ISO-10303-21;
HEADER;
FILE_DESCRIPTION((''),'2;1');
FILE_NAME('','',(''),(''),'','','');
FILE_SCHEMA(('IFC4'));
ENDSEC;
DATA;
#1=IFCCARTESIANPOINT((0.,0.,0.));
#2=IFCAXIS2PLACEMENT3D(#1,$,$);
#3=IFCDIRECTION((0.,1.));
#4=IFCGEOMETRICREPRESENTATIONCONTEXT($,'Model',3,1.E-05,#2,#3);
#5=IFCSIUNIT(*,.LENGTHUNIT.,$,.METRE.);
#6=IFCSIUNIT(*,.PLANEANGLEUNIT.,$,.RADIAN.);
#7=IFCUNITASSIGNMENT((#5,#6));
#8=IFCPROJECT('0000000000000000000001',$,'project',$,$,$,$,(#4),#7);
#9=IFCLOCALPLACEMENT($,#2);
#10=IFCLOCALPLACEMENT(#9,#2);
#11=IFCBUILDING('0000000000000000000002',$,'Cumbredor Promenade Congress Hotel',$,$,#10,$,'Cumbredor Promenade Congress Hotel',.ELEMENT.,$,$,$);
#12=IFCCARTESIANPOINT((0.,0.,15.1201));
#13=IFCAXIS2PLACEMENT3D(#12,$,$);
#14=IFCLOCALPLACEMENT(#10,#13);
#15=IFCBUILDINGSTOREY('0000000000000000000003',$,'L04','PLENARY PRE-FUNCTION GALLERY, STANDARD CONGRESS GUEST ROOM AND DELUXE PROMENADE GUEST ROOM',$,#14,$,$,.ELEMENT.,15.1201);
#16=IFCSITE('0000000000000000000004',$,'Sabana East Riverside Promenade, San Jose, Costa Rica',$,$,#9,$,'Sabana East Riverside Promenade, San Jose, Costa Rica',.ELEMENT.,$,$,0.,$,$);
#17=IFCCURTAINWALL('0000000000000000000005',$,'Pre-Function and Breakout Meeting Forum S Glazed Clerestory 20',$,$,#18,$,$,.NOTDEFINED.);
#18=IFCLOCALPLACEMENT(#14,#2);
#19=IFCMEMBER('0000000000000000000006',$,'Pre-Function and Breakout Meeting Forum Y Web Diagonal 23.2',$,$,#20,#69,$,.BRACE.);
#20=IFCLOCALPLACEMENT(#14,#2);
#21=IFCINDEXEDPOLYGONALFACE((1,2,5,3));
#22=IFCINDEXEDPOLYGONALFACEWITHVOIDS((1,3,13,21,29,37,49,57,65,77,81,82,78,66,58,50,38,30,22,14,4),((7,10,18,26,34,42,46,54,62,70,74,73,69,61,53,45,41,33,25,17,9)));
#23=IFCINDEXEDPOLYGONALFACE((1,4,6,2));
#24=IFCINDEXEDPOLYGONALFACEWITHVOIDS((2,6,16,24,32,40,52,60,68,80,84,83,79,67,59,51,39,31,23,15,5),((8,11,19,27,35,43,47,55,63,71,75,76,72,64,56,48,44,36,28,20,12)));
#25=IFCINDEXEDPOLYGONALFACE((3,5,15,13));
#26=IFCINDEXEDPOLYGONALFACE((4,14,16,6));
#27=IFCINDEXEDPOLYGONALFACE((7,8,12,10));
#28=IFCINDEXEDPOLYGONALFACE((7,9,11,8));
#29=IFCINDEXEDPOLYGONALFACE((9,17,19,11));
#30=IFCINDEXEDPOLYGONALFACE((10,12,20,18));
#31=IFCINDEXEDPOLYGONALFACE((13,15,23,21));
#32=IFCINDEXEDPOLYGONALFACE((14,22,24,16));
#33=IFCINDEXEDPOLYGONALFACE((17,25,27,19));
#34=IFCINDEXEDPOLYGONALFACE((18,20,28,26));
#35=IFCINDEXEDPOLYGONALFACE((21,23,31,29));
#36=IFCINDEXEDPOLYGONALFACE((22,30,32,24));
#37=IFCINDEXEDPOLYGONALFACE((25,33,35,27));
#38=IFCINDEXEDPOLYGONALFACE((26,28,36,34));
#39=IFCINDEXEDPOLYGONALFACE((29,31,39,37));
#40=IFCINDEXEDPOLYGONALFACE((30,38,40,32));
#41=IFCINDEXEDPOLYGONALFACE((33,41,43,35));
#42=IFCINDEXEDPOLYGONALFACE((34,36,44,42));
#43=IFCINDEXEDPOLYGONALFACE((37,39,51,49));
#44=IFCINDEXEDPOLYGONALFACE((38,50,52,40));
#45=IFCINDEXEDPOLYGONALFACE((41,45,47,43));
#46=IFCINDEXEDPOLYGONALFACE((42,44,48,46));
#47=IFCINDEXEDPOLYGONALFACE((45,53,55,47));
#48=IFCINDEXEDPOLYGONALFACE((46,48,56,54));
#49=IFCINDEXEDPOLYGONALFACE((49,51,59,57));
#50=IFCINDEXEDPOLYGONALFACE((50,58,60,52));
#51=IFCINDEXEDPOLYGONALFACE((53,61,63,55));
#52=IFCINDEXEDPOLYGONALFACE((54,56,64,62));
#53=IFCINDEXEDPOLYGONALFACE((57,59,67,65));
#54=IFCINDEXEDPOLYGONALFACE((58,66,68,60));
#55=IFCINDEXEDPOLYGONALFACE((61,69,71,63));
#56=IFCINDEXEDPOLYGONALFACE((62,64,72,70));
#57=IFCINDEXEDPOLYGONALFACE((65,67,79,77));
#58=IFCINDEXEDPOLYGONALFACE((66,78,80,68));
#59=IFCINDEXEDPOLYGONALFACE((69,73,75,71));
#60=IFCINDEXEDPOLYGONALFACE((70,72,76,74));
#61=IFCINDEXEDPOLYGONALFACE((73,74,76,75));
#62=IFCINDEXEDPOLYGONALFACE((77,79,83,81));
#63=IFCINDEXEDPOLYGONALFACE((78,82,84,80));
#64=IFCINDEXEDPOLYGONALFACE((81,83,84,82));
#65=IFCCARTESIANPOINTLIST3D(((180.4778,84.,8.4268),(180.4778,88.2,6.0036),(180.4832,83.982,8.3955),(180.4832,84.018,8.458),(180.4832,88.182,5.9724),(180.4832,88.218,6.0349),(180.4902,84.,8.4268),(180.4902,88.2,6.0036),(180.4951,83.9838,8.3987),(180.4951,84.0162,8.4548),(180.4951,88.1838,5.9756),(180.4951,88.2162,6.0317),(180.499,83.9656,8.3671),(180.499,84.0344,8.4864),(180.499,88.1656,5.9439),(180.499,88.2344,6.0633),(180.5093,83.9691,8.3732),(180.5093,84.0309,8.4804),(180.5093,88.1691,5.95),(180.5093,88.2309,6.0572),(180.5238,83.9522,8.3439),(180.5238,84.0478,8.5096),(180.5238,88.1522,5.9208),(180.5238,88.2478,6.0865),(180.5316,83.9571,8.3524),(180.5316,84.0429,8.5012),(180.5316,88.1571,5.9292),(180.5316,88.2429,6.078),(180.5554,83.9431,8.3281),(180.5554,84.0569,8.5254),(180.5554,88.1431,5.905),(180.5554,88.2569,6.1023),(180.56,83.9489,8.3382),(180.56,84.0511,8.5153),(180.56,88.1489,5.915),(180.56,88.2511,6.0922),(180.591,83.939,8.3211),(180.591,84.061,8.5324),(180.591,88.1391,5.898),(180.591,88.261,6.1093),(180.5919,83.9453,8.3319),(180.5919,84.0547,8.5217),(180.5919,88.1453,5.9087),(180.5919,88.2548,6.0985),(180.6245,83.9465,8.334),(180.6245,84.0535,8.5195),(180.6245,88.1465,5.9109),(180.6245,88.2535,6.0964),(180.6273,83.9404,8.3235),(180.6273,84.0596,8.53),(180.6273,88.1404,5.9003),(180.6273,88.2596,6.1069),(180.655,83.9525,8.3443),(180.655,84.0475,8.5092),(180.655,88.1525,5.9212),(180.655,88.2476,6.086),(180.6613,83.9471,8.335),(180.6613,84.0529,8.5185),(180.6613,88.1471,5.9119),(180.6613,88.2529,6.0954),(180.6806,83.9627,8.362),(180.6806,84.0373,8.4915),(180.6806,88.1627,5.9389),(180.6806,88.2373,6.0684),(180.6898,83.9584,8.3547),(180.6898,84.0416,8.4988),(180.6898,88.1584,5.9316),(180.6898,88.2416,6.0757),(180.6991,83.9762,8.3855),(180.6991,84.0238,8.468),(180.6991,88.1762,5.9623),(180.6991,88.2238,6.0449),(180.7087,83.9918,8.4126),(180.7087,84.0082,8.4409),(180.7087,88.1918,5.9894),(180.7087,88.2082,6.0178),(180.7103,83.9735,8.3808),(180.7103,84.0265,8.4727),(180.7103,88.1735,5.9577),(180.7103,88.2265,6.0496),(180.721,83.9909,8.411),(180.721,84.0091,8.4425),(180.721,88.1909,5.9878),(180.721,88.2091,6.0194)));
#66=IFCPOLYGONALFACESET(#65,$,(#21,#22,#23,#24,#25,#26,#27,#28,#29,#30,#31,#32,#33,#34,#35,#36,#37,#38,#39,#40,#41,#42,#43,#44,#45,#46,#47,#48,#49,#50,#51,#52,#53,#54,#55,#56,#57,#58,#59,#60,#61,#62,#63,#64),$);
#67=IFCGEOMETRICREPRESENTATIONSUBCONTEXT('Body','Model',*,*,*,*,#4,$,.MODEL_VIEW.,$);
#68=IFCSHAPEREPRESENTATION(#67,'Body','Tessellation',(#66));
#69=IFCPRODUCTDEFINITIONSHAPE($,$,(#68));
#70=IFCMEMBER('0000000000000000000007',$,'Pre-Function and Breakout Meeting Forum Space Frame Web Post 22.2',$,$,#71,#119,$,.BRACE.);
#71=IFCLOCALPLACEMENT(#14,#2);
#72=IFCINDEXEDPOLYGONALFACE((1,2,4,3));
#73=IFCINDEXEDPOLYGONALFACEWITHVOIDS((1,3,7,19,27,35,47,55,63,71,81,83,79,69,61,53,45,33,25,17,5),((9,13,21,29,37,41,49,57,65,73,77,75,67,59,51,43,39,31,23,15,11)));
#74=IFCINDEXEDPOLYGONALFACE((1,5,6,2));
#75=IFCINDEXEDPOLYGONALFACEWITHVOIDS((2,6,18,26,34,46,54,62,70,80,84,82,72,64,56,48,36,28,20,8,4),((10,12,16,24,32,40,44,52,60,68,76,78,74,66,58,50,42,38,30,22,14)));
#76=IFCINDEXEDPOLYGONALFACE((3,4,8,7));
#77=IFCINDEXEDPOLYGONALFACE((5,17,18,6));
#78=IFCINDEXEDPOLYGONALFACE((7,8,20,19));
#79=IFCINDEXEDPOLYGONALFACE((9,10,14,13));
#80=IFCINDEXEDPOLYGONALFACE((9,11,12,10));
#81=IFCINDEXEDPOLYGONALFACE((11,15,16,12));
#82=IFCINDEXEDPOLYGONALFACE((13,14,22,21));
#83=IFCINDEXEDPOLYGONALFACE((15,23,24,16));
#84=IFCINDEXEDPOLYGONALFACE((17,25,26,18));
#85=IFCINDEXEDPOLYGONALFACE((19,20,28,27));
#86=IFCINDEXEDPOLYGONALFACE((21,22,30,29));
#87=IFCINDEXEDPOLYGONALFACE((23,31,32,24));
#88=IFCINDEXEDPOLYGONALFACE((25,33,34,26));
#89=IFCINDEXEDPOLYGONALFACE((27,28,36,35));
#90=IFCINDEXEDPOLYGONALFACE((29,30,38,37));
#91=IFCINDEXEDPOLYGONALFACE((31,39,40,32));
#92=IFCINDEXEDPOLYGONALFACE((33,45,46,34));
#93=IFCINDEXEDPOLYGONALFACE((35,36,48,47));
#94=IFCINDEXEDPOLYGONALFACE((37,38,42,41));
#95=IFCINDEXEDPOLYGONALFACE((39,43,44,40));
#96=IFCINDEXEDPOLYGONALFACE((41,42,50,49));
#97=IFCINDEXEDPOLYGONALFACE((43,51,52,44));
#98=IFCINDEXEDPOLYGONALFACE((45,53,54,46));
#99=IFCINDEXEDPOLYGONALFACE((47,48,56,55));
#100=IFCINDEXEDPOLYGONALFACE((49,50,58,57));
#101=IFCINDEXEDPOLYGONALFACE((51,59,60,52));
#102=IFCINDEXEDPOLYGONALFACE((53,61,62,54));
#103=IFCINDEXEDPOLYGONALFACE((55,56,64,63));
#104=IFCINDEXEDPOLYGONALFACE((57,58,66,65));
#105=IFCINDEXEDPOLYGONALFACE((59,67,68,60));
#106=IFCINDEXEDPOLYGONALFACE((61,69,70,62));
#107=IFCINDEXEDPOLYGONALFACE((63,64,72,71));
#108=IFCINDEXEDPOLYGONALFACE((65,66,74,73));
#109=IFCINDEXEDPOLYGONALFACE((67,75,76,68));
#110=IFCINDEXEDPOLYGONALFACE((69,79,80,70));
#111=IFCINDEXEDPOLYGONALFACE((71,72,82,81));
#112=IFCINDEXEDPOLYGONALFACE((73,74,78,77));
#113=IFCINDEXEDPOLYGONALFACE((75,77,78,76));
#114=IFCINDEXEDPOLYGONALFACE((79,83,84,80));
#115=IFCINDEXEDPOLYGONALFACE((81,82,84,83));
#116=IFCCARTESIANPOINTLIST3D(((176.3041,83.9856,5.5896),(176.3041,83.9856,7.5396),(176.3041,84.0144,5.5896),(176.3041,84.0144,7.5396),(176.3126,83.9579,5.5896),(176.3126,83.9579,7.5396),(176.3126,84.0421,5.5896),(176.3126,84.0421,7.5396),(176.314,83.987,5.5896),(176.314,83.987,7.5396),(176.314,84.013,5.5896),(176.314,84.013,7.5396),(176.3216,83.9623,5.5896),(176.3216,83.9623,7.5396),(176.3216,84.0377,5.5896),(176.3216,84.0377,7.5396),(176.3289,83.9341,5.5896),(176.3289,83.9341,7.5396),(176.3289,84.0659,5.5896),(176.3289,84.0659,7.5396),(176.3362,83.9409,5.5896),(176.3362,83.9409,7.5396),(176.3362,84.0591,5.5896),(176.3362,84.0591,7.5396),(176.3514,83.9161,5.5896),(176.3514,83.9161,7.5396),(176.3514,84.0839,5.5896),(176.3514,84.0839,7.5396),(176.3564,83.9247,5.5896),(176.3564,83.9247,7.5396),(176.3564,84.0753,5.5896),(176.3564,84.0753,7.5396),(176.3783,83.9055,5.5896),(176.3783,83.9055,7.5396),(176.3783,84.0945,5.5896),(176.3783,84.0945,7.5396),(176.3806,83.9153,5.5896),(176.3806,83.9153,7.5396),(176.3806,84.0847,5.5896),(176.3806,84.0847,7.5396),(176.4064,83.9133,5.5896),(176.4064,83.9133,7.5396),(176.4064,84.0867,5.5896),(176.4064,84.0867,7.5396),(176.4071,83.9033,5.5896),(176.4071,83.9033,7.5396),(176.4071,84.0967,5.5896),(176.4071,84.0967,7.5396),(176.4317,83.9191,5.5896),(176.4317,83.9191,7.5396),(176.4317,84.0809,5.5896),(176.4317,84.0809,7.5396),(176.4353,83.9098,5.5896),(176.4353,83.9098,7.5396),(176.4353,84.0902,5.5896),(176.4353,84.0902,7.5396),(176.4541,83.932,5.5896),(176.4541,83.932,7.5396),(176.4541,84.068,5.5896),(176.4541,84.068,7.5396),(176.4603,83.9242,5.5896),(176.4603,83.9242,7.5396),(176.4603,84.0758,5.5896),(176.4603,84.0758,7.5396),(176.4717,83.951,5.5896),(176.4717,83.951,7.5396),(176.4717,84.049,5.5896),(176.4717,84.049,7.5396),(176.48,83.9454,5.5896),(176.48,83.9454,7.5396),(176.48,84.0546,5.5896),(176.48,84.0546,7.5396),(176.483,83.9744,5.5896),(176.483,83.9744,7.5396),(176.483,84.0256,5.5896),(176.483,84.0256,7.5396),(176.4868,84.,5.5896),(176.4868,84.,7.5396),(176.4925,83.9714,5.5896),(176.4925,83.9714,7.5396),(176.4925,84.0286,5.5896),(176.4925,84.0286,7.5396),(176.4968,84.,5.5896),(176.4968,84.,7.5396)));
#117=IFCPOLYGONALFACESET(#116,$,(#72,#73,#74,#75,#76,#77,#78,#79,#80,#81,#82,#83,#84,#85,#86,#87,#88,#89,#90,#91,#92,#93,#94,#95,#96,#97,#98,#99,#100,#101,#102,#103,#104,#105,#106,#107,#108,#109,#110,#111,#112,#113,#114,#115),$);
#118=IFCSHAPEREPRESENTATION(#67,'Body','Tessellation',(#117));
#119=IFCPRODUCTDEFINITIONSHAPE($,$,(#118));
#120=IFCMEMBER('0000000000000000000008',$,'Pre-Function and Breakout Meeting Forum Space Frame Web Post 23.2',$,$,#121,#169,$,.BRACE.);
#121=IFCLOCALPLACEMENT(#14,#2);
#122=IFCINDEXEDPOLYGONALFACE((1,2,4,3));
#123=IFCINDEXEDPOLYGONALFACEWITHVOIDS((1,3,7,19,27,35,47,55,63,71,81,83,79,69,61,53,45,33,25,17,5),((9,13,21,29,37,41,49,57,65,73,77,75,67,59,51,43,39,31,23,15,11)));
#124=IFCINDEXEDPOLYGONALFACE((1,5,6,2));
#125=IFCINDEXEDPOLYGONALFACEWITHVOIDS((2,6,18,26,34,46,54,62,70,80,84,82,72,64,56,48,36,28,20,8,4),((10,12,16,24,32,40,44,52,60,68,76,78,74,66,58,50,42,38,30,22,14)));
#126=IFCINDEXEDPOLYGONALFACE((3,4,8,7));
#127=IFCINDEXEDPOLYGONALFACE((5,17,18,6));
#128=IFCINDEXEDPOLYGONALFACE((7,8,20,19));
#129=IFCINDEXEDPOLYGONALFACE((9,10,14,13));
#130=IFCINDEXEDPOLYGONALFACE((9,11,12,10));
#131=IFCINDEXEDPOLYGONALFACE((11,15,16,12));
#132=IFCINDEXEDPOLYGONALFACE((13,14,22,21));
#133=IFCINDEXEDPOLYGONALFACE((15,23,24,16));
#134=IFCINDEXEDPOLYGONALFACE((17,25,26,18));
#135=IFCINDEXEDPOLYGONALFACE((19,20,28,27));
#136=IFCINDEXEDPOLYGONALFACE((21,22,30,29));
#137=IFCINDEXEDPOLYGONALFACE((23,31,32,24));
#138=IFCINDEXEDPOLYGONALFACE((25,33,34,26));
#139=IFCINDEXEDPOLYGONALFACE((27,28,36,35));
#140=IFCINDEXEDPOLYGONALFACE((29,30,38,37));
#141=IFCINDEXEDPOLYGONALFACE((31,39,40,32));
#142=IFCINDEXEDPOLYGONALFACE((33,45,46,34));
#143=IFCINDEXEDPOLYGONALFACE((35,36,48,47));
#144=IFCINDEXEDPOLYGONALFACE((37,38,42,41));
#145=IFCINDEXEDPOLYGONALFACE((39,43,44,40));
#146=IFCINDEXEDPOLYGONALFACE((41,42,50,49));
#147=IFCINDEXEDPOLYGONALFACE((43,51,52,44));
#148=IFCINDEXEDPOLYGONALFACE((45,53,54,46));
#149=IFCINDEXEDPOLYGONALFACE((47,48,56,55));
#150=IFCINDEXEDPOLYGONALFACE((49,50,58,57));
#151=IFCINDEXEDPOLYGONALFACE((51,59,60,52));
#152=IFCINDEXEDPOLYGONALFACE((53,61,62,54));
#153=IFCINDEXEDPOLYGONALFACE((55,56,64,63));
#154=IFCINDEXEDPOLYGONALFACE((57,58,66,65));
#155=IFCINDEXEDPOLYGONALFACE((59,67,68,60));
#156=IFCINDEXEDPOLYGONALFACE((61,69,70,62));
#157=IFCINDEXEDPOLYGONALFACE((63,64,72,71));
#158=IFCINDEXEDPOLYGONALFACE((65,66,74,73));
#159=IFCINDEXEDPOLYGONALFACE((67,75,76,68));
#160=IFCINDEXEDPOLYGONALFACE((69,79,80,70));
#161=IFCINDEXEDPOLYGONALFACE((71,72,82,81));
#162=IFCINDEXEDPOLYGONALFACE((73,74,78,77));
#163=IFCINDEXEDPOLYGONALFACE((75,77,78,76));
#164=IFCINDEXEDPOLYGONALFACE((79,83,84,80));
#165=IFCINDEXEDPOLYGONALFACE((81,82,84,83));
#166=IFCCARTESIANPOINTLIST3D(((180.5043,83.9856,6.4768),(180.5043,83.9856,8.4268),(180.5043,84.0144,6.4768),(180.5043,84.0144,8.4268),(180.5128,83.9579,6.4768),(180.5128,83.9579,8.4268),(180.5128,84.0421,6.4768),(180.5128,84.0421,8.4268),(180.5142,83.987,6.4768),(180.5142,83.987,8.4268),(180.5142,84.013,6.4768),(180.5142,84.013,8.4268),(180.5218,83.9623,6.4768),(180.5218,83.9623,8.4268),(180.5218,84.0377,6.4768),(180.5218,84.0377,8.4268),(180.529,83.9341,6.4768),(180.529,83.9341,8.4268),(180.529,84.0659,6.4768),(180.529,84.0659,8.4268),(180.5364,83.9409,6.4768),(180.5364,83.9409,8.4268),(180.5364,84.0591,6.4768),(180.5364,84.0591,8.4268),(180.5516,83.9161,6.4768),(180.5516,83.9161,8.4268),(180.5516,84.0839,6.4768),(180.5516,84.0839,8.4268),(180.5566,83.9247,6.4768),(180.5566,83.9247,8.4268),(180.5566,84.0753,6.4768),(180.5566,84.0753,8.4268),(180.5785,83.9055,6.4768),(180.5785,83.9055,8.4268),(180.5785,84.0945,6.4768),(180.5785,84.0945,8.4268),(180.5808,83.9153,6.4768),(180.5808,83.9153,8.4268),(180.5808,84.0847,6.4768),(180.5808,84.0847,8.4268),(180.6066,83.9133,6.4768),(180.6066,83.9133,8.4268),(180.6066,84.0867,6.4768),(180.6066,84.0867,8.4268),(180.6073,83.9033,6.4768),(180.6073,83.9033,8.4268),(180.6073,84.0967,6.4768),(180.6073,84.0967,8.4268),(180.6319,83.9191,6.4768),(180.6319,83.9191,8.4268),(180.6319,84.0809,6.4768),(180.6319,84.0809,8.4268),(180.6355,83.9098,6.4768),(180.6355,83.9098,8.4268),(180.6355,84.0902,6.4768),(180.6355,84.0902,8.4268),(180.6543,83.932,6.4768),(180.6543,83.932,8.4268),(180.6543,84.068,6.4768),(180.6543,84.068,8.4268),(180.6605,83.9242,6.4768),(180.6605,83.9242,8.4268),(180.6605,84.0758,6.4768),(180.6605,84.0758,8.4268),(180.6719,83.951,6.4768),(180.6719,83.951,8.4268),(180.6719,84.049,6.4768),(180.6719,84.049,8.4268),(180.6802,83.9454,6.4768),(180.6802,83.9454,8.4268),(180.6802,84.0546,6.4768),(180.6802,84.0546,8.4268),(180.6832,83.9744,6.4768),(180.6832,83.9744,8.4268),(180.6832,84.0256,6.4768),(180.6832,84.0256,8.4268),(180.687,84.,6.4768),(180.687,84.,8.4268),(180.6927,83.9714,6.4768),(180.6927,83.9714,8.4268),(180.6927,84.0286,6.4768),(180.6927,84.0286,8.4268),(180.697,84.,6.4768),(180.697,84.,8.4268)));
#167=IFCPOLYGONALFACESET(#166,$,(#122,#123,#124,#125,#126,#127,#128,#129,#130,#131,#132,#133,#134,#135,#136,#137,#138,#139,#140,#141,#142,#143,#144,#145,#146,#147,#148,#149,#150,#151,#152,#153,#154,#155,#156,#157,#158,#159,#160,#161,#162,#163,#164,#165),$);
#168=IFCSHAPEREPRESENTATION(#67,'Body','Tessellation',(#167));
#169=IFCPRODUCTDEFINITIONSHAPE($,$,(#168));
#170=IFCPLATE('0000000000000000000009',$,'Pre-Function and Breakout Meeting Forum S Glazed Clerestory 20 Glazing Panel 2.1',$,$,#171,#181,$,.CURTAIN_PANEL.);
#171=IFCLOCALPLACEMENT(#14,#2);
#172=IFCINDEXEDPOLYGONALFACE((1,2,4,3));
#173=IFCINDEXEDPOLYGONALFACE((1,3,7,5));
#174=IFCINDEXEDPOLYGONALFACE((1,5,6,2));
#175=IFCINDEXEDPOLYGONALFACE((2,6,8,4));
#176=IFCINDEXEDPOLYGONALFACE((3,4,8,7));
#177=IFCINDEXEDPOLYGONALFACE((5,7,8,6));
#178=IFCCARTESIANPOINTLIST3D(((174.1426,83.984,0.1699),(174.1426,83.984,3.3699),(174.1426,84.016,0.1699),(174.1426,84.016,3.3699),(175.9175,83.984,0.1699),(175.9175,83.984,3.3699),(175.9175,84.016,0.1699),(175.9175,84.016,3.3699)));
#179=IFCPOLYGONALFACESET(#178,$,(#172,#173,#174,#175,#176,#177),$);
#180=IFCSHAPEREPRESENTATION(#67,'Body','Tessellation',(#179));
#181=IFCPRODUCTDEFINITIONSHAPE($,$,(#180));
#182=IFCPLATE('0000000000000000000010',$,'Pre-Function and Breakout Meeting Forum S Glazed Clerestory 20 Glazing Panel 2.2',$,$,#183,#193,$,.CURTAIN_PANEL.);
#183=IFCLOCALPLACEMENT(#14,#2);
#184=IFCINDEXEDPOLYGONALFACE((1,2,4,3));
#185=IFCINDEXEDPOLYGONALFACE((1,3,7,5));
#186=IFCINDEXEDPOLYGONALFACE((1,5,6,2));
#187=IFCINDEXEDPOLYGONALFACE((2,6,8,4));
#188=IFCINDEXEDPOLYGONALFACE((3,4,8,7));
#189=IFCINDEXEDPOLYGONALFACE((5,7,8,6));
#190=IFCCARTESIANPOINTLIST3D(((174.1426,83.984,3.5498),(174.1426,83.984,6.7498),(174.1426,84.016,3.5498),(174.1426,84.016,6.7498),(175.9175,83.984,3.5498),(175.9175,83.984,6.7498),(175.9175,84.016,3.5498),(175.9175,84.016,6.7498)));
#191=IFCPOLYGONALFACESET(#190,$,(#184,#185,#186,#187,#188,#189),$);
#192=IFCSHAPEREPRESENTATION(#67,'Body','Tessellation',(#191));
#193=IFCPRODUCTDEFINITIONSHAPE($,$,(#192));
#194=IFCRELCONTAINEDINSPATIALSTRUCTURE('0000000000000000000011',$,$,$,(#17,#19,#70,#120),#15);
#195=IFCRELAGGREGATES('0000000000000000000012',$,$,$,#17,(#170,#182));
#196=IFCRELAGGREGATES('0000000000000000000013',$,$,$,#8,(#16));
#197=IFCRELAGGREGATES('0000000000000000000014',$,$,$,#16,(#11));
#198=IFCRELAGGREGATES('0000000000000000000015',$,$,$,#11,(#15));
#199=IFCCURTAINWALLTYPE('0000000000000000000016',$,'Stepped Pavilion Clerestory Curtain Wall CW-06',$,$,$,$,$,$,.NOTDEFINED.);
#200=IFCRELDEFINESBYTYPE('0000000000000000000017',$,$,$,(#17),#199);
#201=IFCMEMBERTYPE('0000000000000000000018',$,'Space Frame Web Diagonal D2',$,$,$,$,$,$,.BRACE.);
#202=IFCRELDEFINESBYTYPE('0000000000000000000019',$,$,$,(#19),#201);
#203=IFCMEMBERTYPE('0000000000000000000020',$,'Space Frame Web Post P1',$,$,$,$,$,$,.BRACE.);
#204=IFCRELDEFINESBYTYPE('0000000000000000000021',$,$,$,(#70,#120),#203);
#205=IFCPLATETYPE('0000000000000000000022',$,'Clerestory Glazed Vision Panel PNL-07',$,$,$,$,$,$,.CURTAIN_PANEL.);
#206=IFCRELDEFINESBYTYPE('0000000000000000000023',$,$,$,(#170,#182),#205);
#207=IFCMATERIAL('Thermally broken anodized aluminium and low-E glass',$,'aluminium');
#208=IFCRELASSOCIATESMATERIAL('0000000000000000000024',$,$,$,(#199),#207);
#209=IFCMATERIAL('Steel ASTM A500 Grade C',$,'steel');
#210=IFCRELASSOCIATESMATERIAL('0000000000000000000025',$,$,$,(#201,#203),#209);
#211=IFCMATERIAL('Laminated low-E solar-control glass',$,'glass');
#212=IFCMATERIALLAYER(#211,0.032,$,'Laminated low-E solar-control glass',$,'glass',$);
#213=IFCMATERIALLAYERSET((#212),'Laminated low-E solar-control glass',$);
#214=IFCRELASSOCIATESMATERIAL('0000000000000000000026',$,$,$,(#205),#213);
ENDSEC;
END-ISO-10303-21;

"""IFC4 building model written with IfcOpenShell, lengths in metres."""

from ifc_helpers import new_model, si_unit, direction, frame, origin, origin_2d, place, context, subcontext, project, spatial, rectangle, hollow_circle, extrude, material, layer, layer_set, material_profile, profile_set, type_object, element, aggregate, save


model = new_model("IFC4")

# Units and contexts
model_context = context("Model", 3, precision=1e-05, world=origin(), true_north=direction((0.0, 1.0)))
body_context = subcontext(model_context, "Body", "Model", "MODEL_VIEW")
ifc_project = project(units=[si_unit("LENGTHUNIT", "METRE"), si_unit("PLANEANGLEUNIT", "RADIAN")], contexts=[model_context])

# Site, building, storey
site_placement = place(None, origin())
site = spatial("IfcSite", under=ifc_project, at=site_placement, Name="Sabana East Riverside Promenade, San Jose, Costa Rica", LongName="Sabana East Riverside Promenade, San Jose, Costa Rica", CompositionType="ELEMENT", RefElevation=0.0)
building_placement = place(site_placement, origin())
building = spatial("IfcBuilding", under=site, at=building_placement, Name="Cumbredor Promenade Congress Hotel", LongName="Cumbredor Promenade Congress Hotel", CompositionType="ELEMENT")
storey_placement = place(building_placement, frame((0.0, 0.0, 15.1201)))
storey = spatial("IfcBuildingStorey", under=building, at=storey_placement, Name="L04", Description="PLENARY PRE-FUNCTION GALLERY, STANDARD CONGRESS GUEST ROOM AND DELUXE PROMENADE GUEST ROOM", CompositionType="ELEMENT", Elevation=15.1201)

# Curtain wall
ifc_material_1 = material(Name="Thermally broken anodized aluminium and low-E glass", Category="aluminium")
curtain_wall_type = type_object("IfcCurtainWallType", Name="Stepped Pavilion Clerestory Curtain Wall CW-06", PredefinedType="NOTDEFINED", material=ifc_material_1)
curtain_wall_1_placement = place(storey_placement, origin())
curtain_wall_1 = element("IfcCurtainWall", 1, at=curtain_wall_1_placement, inside=storey, type_object=curtain_wall_type, Name="Pre-Function and Breakout Meeting Forum S Glazed Clerestory 20", PredefinedType="NOTDEFINED")

# Members
ifc_material_2 = material(Name="Steel ASTM A500 Grade C", Category="steel")
ifc_material_profile_1 = material_profile(ifc_material_2, hollow_circle(Radius=0.1223, WallThickness=0.0125, at=origin_2d()), Name="CHS 244.5x12.5")
ifc_profile_set_1 = profile_set([ifc_material_profile_1], Name="Steel ASTM A500 Grade C")
member_type_1 = type_object("IfcMemberType", Name="Space Frame Web Diagonal D2", PredefinedType="BRACE", material=ifc_profile_set_1)
member_1_placement = place(storey_placement, frame((180.6001, 84.0, 8.4268), z_axis=(0.0, 0.866181, -0.49973), x_axis=(-1.0, 0.0, 0.0)))
element("IfcMember", 2, at=member_1_placement, inside=storey, type_object=member_type_1, Name="Pre-Function and Breakout Meeting Forum Y Web Diagonal 23.2", PredefinedType="BRACE", context=body_context, shape_type="SweptSolid", body=[
    extrude(hollow_circle(Radius=0.1223, WallThickness=0.0125, at=origin_2d()), origin(), (0.0, 0.0, 1.0), 4.8489),
])
ifc_material_profile_2 = material_profile(ifc_material_2, hollow_circle(Radius=0.0969, WallThickness=0.01, at=origin_2d()), Name="CHS 193.7x10")
ifc_profile_set_2 = profile_set([ifc_material_profile_2], Name="Steel ASTM A500 Grade C")
member_type_2 = type_object("IfcMemberType", Name="Space Frame Web Post P1", PredefinedType="BRACE", material=ifc_profile_set_2)
for number, where, z_axis, x_axis, name in (
    (3, (176.3999, 84.0, 5.5896), (0.0, 0.0, 1.0), (1.0, 0.0, 0.0), "Pre-Function and Breakout Meeting Forum Space Frame Web Post 22.2"),
    (4, (180.6001, 84.0, 6.4768), (0.0, 0.0, 1.0), (1.0, 0.0, 0.0), "Pre-Function and Breakout Meeting Forum Space Frame Web Post 23.2"),
):
    element("IfcMember", number, at=place(storey_placement, frame(where, z_axis=z_axis, x_axis=x_axis)), inside=storey, type_object=member_type_2, Name=name, PredefinedType="BRACE", context=body_context, shape_type="SweptSolid", body=[
        extrude(hollow_circle(Radius=0.0969, WallThickness=0.01, at=origin_2d()), origin(), (0.0, 0.0, 1.0), 1.95),
    ])

# Plates
ifc_material_3 = material(Name="Laminated low-E solar-control glass", Category="glass")
ifc_layer_1 = layer(ifc_material_3, 0.032, Name="Laminated low-E solar-control glass", Category="glass")
ifc_layer_set_1 = layer_set([ifc_layer_1], Name="Laminated low-E solar-control glass")
plate_type_1 = type_object("IfcPlateType", Name="Clerestory Glazed Vision Panel PNL-07", PredefinedType="CURTAIN_PANEL", material=ifc_layer_set_1)
plate_1_placement = place(storey_placement, frame((175.03, 84.0, 0.1699), z_axis=(0.0, 0.0, 1.0), x_axis=(1.0, 0.0, 0.0)))
plate_1 = element("IfcPlate", 5, at=plate_1_placement, type_object=plate_type_1, Name="Pre-Function and Breakout Meeting Forum S Glazed Clerestory 20 Glazing Panel 2.1", PredefinedType="CURTAIN_PANEL", context=body_context, shape_type="SweptSolid", body=[
    extrude(rectangle(XDim=1.7749, YDim=0.032, at=origin_2d()), origin(), (0.0, 0.0, 1.0), 3.2),
])
plate_2_placement = place(storey_placement, frame((175.03, 84.0, 3.5498), z_axis=(0.0, 0.0, 1.0), x_axis=(1.0, 0.0, 0.0)))
plate_2 = element("IfcPlate", 6, at=plate_2_placement, type_object=plate_type_1, Name="Pre-Function and Breakout Meeting Forum S Glazed Clerestory 20 Glazing Panel 2.2", PredefinedType="CURTAIN_PANEL", context=body_context, shape_type="SweptSolid", body=[
    extrude(rectangle(XDim=1.7749, YDim=0.032, at=origin_2d()), origin(), (0.0, 0.0, 1.0), 3.2),
])
aggregate(curtain_wall_1, [plate_1, plate_2])

save(model, "model.ifc")
